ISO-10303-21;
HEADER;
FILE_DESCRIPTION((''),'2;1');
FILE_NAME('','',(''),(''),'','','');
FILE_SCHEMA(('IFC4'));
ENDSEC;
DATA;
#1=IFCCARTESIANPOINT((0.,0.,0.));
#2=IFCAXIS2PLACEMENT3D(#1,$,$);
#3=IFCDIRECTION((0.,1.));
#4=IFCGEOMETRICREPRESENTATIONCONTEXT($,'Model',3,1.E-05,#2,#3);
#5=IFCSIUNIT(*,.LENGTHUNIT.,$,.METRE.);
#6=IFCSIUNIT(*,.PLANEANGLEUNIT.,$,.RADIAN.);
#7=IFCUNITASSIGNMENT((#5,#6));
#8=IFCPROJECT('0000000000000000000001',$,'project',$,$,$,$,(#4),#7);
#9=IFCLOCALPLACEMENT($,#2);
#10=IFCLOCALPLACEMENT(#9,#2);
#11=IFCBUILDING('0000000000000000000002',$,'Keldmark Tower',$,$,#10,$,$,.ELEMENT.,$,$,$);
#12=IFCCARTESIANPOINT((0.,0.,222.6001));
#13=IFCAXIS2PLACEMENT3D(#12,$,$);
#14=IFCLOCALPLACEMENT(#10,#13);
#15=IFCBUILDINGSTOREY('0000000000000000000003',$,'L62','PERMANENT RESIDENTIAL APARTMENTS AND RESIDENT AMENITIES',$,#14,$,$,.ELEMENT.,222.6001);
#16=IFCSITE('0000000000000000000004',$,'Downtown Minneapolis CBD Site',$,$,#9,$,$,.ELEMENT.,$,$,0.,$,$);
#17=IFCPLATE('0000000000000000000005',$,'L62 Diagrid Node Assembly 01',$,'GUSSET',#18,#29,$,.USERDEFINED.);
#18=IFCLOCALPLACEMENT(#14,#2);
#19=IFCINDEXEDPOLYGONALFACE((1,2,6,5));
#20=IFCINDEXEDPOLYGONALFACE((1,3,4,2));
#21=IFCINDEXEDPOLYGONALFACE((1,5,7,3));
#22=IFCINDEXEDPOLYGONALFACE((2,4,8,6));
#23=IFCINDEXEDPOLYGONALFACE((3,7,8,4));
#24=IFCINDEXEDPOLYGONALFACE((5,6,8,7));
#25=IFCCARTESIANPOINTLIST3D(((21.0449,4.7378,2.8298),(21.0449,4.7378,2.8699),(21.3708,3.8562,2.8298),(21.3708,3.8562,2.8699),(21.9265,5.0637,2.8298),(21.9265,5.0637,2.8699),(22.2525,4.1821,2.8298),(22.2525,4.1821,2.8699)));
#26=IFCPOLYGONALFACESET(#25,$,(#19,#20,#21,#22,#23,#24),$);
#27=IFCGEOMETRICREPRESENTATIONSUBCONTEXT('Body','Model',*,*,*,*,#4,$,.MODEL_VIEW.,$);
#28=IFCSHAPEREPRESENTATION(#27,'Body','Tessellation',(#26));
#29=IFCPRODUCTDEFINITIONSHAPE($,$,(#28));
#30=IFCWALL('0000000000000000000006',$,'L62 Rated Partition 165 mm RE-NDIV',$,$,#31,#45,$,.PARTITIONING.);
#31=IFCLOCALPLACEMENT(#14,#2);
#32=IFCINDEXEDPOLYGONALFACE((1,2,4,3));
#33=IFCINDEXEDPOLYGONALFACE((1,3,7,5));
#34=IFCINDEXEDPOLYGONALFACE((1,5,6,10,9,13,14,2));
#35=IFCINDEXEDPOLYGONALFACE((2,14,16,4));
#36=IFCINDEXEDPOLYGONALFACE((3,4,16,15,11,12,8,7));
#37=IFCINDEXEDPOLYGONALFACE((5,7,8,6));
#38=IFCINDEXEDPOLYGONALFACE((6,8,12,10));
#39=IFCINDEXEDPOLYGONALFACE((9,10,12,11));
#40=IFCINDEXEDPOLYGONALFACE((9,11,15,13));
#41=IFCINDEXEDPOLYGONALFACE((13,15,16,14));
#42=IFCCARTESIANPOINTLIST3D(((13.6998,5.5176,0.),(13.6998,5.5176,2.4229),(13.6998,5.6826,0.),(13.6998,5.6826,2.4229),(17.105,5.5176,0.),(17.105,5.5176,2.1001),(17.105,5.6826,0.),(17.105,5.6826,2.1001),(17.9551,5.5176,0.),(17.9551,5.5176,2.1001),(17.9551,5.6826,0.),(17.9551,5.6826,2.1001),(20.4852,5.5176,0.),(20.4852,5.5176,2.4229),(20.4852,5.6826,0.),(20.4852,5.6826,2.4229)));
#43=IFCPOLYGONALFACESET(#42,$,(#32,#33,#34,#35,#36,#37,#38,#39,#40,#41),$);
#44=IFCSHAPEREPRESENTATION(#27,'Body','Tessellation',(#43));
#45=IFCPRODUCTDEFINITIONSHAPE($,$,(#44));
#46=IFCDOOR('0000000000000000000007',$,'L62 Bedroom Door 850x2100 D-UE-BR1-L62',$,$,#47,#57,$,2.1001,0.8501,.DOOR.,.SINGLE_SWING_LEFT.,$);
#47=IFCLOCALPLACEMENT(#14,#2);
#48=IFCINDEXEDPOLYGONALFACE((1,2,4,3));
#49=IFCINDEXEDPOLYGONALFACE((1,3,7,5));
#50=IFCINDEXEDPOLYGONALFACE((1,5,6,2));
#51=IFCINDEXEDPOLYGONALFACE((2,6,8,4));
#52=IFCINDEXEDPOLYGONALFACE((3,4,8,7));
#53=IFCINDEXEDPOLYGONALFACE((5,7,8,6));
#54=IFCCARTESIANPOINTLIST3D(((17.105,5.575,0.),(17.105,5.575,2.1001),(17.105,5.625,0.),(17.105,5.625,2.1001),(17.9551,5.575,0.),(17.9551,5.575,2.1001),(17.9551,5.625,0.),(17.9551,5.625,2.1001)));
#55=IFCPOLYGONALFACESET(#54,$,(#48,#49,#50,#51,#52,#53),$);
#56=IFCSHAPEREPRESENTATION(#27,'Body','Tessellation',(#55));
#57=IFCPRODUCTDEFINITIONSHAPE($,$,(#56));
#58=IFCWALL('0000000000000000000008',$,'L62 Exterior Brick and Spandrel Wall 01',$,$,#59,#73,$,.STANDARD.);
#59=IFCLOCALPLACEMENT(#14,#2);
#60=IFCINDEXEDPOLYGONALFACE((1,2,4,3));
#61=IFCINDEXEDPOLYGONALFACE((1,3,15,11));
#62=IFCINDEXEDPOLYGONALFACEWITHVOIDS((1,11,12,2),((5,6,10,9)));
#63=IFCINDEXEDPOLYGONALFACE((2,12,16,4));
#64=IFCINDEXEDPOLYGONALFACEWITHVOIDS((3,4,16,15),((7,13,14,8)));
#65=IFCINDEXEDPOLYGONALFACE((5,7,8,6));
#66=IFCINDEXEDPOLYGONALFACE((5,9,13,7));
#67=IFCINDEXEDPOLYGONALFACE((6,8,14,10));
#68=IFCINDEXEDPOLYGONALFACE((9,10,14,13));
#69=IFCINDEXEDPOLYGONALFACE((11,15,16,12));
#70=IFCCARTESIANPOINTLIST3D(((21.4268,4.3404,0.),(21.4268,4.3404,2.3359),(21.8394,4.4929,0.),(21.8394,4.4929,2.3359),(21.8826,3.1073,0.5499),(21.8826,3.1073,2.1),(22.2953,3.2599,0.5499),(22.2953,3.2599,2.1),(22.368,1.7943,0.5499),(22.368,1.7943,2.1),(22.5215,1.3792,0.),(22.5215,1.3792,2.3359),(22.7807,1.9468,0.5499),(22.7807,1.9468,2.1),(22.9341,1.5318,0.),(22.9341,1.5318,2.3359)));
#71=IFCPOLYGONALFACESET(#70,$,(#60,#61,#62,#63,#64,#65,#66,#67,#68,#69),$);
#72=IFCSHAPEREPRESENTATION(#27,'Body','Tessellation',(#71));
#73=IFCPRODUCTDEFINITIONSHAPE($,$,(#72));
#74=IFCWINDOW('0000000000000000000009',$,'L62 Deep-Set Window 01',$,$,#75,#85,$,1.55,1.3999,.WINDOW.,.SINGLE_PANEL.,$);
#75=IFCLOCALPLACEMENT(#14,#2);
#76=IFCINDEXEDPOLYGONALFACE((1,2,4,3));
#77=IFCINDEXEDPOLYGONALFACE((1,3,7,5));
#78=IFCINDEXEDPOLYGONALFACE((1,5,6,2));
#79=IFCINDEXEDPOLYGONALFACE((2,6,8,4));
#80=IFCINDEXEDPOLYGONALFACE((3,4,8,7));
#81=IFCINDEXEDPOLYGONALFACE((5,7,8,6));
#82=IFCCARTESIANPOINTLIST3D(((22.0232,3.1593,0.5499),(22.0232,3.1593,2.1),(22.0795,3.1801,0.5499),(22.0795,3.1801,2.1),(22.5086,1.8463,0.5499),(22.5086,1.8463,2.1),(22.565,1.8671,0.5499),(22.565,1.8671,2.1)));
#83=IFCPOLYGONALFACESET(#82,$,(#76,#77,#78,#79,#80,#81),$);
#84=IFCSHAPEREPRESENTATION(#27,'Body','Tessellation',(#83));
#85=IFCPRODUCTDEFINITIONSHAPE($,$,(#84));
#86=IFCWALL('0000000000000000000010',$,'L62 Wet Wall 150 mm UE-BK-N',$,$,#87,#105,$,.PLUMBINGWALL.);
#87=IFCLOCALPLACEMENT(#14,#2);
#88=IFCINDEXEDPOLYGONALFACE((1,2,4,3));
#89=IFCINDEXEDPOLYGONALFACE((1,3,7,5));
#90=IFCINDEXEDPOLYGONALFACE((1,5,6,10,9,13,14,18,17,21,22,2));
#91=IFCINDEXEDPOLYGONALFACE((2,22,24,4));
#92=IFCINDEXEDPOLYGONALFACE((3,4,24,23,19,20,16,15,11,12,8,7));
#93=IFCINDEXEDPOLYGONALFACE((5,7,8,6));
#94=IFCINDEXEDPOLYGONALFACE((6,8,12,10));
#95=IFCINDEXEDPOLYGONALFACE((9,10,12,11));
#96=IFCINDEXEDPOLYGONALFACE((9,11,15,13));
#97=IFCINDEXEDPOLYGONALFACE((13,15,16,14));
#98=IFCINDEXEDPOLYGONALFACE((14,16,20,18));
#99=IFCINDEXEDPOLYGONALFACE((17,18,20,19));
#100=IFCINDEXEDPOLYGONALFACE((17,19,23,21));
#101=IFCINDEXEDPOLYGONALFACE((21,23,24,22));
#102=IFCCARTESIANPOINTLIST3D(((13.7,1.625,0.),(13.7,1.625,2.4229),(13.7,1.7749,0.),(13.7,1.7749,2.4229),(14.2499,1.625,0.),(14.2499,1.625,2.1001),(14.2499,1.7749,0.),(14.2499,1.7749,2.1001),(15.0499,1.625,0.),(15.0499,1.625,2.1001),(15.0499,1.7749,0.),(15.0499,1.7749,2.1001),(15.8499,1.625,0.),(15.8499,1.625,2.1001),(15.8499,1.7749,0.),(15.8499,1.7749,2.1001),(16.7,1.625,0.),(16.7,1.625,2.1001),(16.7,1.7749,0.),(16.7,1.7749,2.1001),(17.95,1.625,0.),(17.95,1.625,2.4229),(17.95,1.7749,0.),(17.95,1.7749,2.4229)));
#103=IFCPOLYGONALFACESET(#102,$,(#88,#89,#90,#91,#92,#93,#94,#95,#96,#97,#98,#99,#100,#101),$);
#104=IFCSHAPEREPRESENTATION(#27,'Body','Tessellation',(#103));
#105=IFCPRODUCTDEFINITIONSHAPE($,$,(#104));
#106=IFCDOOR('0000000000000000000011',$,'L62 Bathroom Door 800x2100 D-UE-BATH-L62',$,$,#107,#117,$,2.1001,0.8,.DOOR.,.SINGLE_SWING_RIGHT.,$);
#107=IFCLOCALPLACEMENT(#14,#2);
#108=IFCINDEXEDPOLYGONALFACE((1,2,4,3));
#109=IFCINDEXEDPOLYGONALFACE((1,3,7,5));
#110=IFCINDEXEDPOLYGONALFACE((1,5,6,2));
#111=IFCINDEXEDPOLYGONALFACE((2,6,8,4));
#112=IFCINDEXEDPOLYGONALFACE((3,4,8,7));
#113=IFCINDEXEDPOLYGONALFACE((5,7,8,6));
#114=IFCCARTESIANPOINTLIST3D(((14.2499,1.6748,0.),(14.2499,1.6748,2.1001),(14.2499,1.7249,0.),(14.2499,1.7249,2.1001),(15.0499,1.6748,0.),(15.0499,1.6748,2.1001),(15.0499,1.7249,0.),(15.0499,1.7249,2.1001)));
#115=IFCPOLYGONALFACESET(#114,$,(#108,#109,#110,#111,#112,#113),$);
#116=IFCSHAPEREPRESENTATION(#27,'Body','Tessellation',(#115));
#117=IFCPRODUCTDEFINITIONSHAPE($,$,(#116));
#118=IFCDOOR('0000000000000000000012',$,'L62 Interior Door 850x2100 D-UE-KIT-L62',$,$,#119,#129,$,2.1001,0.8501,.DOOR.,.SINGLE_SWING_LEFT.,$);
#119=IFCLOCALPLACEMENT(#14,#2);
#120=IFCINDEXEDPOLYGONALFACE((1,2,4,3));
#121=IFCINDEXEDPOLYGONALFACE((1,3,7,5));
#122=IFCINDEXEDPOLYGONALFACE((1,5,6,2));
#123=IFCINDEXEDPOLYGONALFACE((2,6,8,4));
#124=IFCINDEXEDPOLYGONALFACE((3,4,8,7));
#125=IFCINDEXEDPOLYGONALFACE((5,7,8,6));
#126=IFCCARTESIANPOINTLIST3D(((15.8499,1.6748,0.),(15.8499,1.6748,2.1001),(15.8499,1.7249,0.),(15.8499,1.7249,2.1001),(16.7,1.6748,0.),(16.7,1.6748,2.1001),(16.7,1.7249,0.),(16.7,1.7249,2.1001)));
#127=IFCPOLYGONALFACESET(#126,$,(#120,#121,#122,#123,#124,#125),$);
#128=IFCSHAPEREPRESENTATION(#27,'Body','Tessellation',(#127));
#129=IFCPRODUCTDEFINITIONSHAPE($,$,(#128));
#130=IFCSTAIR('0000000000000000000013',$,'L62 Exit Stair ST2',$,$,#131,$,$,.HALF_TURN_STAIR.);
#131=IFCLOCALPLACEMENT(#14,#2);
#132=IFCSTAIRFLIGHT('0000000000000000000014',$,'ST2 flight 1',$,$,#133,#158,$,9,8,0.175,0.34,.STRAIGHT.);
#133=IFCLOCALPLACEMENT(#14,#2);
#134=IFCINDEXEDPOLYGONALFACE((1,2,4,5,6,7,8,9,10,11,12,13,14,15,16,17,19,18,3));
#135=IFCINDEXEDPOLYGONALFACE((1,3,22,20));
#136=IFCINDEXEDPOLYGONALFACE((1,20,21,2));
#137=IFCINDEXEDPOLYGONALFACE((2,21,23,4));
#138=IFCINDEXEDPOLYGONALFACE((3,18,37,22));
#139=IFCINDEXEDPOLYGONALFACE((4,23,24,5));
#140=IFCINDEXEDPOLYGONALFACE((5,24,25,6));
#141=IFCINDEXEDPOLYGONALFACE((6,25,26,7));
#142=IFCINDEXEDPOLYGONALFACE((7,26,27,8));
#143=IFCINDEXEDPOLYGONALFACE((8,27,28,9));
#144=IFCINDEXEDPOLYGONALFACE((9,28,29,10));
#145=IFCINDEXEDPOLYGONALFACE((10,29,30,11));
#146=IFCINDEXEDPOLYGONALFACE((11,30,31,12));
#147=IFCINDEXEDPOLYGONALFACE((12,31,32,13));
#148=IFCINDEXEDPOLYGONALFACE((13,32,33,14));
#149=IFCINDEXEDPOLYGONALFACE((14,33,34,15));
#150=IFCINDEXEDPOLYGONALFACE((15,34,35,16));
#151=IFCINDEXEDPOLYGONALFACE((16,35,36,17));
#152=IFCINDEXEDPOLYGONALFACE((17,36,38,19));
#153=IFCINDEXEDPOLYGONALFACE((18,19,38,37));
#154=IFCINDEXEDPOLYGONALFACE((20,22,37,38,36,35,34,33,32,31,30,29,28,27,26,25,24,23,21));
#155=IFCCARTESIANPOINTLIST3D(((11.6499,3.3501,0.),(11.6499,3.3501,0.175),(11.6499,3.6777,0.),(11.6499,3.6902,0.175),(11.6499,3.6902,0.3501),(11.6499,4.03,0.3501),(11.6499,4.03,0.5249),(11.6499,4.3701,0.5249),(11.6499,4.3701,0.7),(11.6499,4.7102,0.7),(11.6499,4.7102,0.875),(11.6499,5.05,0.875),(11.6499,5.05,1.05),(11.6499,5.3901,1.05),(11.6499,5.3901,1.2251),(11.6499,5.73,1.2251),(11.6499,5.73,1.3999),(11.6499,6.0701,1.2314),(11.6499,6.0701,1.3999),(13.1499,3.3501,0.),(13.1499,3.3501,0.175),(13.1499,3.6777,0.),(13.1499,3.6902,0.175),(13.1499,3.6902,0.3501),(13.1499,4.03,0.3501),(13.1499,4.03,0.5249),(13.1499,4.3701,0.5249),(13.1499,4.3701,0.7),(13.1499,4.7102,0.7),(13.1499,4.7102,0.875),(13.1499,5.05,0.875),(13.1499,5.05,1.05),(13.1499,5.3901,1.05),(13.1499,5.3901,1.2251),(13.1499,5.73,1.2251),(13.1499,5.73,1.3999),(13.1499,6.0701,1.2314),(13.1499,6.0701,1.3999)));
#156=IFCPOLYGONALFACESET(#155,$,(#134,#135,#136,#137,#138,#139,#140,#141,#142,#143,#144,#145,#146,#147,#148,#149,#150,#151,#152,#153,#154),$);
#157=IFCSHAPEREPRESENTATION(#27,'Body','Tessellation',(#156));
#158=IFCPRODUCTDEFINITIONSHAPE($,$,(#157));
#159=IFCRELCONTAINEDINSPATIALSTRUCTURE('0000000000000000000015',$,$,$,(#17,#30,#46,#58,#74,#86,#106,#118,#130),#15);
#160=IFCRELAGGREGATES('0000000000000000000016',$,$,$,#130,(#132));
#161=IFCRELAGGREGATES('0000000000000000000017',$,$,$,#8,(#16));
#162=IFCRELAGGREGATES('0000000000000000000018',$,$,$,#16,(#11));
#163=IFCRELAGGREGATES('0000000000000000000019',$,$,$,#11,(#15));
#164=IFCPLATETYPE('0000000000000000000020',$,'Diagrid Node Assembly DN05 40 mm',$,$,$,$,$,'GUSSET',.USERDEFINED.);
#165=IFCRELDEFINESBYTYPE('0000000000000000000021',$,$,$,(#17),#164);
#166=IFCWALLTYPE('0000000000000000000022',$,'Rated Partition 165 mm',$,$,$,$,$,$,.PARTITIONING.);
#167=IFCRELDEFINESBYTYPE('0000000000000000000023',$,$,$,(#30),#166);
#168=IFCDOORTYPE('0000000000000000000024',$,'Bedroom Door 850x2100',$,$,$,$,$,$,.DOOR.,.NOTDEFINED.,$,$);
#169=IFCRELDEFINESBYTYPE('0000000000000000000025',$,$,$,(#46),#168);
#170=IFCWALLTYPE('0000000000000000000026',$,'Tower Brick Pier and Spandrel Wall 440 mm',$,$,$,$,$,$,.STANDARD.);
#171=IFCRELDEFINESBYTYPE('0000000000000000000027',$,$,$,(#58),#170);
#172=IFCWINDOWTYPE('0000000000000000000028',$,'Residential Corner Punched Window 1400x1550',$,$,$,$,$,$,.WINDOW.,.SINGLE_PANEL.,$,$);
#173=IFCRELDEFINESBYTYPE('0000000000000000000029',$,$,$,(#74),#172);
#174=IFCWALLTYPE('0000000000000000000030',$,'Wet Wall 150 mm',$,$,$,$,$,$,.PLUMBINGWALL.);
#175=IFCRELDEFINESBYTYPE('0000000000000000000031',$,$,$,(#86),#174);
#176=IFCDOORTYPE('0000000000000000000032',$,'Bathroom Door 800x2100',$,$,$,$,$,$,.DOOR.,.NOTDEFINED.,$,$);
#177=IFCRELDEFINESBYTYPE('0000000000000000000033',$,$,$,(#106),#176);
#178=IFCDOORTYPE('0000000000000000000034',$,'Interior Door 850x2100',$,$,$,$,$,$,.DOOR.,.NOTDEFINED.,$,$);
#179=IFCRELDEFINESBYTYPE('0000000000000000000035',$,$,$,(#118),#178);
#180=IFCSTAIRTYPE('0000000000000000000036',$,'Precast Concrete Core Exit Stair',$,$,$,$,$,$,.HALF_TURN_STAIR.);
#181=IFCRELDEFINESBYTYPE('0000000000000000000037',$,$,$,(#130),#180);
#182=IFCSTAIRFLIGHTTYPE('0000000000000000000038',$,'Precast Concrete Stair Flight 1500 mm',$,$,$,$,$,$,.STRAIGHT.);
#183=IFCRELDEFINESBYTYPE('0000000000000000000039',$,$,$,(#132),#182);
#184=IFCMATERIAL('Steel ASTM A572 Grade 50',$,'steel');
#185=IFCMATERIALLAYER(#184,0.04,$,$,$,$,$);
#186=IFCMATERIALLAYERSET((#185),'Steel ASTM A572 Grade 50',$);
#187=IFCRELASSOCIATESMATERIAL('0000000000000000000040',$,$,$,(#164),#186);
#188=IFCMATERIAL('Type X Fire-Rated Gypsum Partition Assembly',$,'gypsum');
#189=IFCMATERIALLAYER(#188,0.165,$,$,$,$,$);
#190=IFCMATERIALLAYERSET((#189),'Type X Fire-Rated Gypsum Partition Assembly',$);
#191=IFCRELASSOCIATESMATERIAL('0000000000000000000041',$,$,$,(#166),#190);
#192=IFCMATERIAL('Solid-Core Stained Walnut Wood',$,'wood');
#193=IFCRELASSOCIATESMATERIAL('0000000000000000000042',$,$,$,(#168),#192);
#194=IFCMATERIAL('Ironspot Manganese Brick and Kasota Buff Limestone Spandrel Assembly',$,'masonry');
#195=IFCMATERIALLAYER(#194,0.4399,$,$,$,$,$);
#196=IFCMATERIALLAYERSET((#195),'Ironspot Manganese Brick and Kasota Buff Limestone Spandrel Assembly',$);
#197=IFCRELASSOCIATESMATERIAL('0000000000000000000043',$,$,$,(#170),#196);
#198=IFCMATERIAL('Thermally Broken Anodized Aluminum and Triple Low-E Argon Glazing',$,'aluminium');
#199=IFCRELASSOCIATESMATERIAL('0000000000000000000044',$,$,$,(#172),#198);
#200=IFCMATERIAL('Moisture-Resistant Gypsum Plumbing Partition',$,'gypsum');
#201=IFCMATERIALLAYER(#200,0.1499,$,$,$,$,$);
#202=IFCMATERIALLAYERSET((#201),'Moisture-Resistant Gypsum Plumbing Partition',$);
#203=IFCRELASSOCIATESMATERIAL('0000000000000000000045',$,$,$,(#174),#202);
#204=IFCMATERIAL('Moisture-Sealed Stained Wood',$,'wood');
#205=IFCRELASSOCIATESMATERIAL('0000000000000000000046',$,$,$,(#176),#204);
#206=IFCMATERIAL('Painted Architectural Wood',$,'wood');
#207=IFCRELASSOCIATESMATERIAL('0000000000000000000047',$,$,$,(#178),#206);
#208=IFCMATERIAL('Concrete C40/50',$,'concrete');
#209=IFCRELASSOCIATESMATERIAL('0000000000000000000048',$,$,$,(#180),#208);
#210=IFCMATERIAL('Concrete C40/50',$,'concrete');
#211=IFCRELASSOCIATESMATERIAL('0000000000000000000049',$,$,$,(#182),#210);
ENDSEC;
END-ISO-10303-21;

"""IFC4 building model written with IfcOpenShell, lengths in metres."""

from ifc_helpers import new_model, si_unit, direction, frame, frame_2d, origin, origin_2d, place, context, subcontext, project, spatial, polyline, rectangle, outline, extrude, material, layer, layer_set, type_object, element, fill, aggregate, save


model = new_model("IFC4")

# Units and contexts
model_context = context("Model", 3, precision=1e-05, world=origin(), true_north=direction((0.0, 1.0)))
body_context = subcontext(model_context, "Body", "Model", "MODEL_VIEW")
ifc_project = project(units=[si_unit("LENGTHUNIT", "METRE"), si_unit("PLANEANGLEUNIT", "RADIAN")], contexts=[model_context])

# Site, building, storey
site_placement = place(None, origin())
site = spatial("IfcSite", under=ifc_project, at=site_placement, Name="Downtown Minneapolis CBD Site", CompositionType="ELEMENT", RefElevation=0.0)
building_placement = place(site_placement, origin())
building = spatial("IfcBuilding", under=site, at=building_placement, Name="Keldmark Tower", CompositionType="ELEMENT")
storey_placement = place(building_placement, frame((0.0, 0.0, 222.6001)))
storey = spatial("IfcBuildingStorey", under=building, at=storey_placement, Name="L62", Description="PERMANENT RESIDENTIAL APARTMENTS AND RESIDENT AMENITIES", CompositionType="ELEMENT", Elevation=222.6001)

# Plate
ifc_material_1 = material(Name="Steel ASTM A572 Grade 50", Category="steel")
ifc_layer_1 = layer(ifc_material_1, 0.04)
ifc_layer_set_1 = layer_set([ifc_layer_1], Name="Steel ASTM A572 Grade 50")
plate_type_1 = type_object("IfcPlateType", Name="Diagrid Node Assembly DN05 40 mm", ElementType="GUSSET", PredefinedType="USERDEFINED", material=ifc_layer_set_1)
plate_placement = place(storey_placement, frame((21.6487, 4.46, 2.8298), z_axis=(0.0, 0.0, 1.0), x_axis=(-0.346772, 0.937949, 0.0)))
element("IfcPlate", 1, at=plate_placement, inside=storey, type_object=plate_type_1, Name="L62 Diagrid Node Assembly 01", ObjectType="GUSSET", PredefinedType="USERDEFINED", context=body_context, shape_type="SweptSolid", body=[
    extrude(rectangle(XDim=0.9399, YDim=0.9399, at=origin_2d()), origin(), (0.0, 0.0, 1.0), 0.04),
])

# Wall, opening, door
ifc_material_2 = material(Name="Type X Fire-Rated Gypsum Partition Assembly", Category="gypsum")
ifc_layer_2 = layer(ifc_material_2, 0.165)
ifc_layer_set_2 = layer_set([ifc_layer_2], Name="Type X Fire-Rated Gypsum Partition Assembly")
wall_type_1 = type_object("IfcWallType", Name="Rated Partition 165 mm", PredefinedType="PARTITIONING", material=ifc_layer_set_2)
wall_1_placement = place(storey_placement, frame((13.7, 5.6001, 0.0), z_axis=(0.0, 0.0, 1.0), x_axis=(1.0, 0.0, 0.0)))
wall_1 = element("IfcWall", 2, at=wall_1_placement, inside=storey, type_object=wall_type_1, Name="L62 Rated Partition 165 mm RE-NDIV", PredefinedType="PARTITIONING", context=body_context, shape_type="SweptSolid", body=[
    extrude(rectangle(XDim=6.7854, YDim=0.165, at=frame_2d((3.3926, 0.0))), origin(), (0.0, 0.0, 1.0), 2.4229),
])
opening_1_placement = place(wall_1_placement, frame((3.405, 0.0, 0.0)))
opening_1 = element("IfcOpeningElement", 3, at=opening_1_placement, cuts=wall_1, PredefinedType="OPENING", context=body_context, shape_type="SweptSolid", body=[
    extrude(rectangle(XDim=0.8501, YDim=2.1001, at=frame_2d((0.425, 1.05))), frame((0.0, 0.0925, 0.0), z_axis=(0.0, -1.0, 0.0), x_axis=(1.0, 0.0, 0.0)), (0.0, 0.0, 1.0), 0.1851),
])
ifc_material_3 = material(Name="Solid-Core Stained Walnut Wood", Category="wood")
door_type_1 = type_object("IfcDoorType", Name="Bedroom Door 850x2100", OperationType="NOTDEFINED", PredefinedType="DOOR", material=ifc_material_3)
door_1_placement = place(opening_1_placement, origin())
door_1 = element("IfcDoor", 4, at=door_1_placement, inside=storey, type_object=door_type_1, Name="L62 Bedroom Door 850x2100 D-UE-BR1-L62", OperationType="SINGLE_SWING_LEFT", OverallHeight=2.1001, OverallWidth=0.8501, PredefinedType="DOOR", context=body_context, shape_type="SweptSolid", body=[
    extrude(rectangle(XDim=0.8501, YDim=2.1001, at=frame_2d((0.425, 1.05))), frame((0.0, 0.0249, 0.0), z_axis=(0.0, -1.0, 0.0), x_axis=(1.0, 0.0, 0.0)), (0.0, 0.0, 1.0), 0.05),
])
fill(opening_1, door_1)

# Wall, opening, window
ifc_material_4 = material(Name="Ironspot Manganese Brick and Kasota Buff Limestone Spandrel Assembly", Category="masonry")
ifc_layer_3 = layer(ifc_material_4, 0.4399)
ifc_layer_set_3 = layer_set([ifc_layer_3], Name="Ironspot Manganese Brick and Kasota Buff Limestone Spandrel Assembly")
wall_type_2 = type_object("IfcWallType", Name="Tower Brick Pier and Spandrel Wall 440 mm", PredefinedType="STANDARD", material=ifc_layer_set_3)
wall_2_placement = place(storey_placement, frame((21.6331, 4.4167, 0.0), z_axis=(0.0, 0.0, 1.0), x_axis=(0.346755, -0.937956, 0.0)))
wall_2 = element("IfcWall", 5, at=wall_2_placement, inside=storey, type_object=wall_type_2, Name="L62 Exterior Brick and Spandrel Wall 01", PredefinedType="STANDARD", context=body_context, shape_type="SweptSolid", body=[
    extrude(rectangle(XDim=3.157, YDim=0.4399, at=frame_2d((1.5786, 0.0))), origin(), (0.0, 0.0, 1.0), 2.3359),
])
opening_2_placement = place(wall_2_placement, frame((1.3147, 0.0, 0.55)))
opening_2 = element("IfcOpeningElement", 6, at=opening_2_placement, cuts=wall_2, PredefinedType="OPENING", context=body_context, shape_type="SweptSolid", body=[
    extrude(rectangle(XDim=1.3999, YDim=1.55, at=frame_2d((0.7, 0.7749))), frame((0.0, 0.23, 0.0), z_axis=(0.0, -1.0, 0.0), x_axis=(1.0, 0.0, 0.0)), (0.0, 0.0, 1.0), 0.46),
])
ifc_material_5 = material(Name="Thermally Broken Anodized Aluminum and Triple Low-E Argon Glazing", Category="aluminium")
window_type = type_object("IfcWindowType", Name="Residential Corner Punched Window 1400x1550", PartitioningType="SINGLE_PANEL", PredefinedType="WINDOW", material=ifc_material_5)
window_placement = place(opening_2_placement, origin())
window = element("IfcWindow", 7, at=window_placement, inside=storey, type_object=window_type, Name="L62 Deep-Set Window 01", OverallHeight=1.55, OverallWidth=1.3999, PartitioningType="SINGLE_PANEL", PredefinedType="WINDOW", context=body_context, shape_type="SweptSolid", body=[
    extrude(rectangle(XDim=1.3999, YDim=1.55, at=frame_2d((0.7, 0.7749))), frame((0.0, -0.01, 0.0), z_axis=(0.0, -1.0, 0.0), x_axis=(1.0, 0.0, 0.0)), (0.0, 0.0, 1.0), 0.0601),
])
fill(opening_2, window)

# Wall, openings, doors
ifc_material_6 = material(Name="Moisture-Resistant Gypsum Plumbing Partition", Category="gypsum")
ifc_layer_4 = layer(ifc_material_6, 0.1499)
ifc_layer_set_4 = layer_set([ifc_layer_4], Name="Moisture-Resistant Gypsum Plumbing Partition")
wall_type_3 = type_object("IfcWallType", Name="Wet Wall 150 mm", PredefinedType="PLUMBINGWALL", material=ifc_layer_set_4)
wall_3_placement = place(storey_placement, frame((13.7, 1.7, 0.0), z_axis=(0.0, 0.0, 1.0), x_axis=(1.0, 0.0, 0.0)))
wall_3 = element("IfcWall", 8, at=wall_3_placement, inside=storey, type_object=wall_type_3, Name="L62 Wet Wall 150 mm UE-BK-N", PredefinedType="PLUMBINGWALL", context=body_context, shape_type="SweptSolid", body=[
    extrude(rectangle(XDim=4.25, YDim=0.1499, at=frame_2d((2.125, 0.0))), origin(), (0.0, 0.0, 1.0), 2.4229),
])
opening_3_placement = place(wall_3_placement, frame((0.55, 0.0, 0.0)))
opening_3 = element("IfcOpeningElement", 9, at=opening_3_placement, cuts=wall_3, PredefinedType="OPENING", context=body_context, shape_type="SweptSolid", body=[
    extrude(rectangle(XDim=0.8, YDim=2.1001, at=frame_2d((0.3999, 1.05))), frame((0.0, 0.085, 0.0), z_axis=(0.0, -1.0, 0.0), x_axis=(1.0, 0.0, 0.0)), (0.0, 0.0, 1.0), 0.1699),
])
opening_4_placement = place(wall_3_placement, frame((2.1499, 0.0, 0.0)))
opening_4 = element("IfcOpeningElement", 10, at=opening_4_placement, cuts=wall_3, PredefinedType="OPENING", context=body_context, shape_type="SweptSolid", body=[
    extrude(rectangle(XDim=0.8501, YDim=2.1001, at=frame_2d((0.425, 1.05))), frame((0.0, 0.085, 0.0), z_axis=(0.0, -1.0, 0.0), x_axis=(1.0, 0.0, 0.0)), (0.0, 0.0, 1.0), 0.1699),
])
ifc_material_7 = material(Name="Moisture-Sealed Stained Wood", Category="wood")
door_type_2 = type_object("IfcDoorType", Name="Bathroom Door 800x2100", OperationType="NOTDEFINED", PredefinedType="DOOR", material=ifc_material_7)
door_2_placement = place(opening_3_placement, origin())
door_2 = element("IfcDoor", 11, at=door_2_placement, inside=storey, type_object=door_type_2, Name="L62 Bathroom Door 800x2100 D-UE-BATH-L62", OperationType="SINGLE_SWING_RIGHT", OverallHeight=2.1001, OverallWidth=0.8, PredefinedType="DOOR", context=body_context, shape_type="SweptSolid", body=[
    extrude(rectangle(XDim=0.8, YDim=2.1001, at=frame_2d((0.3999, 1.05))), frame((0.0, 0.0249, 0.0), z_axis=(0.0, -1.0, 0.0), x_axis=(1.0, 0.0, 0.0)), (0.0, 0.0, 1.0), 0.05),
])
fill(opening_3, door_2)
ifc_material_8 = material(Name="Painted Architectural Wood", Category="wood")
door_type_3 = type_object("IfcDoorType", Name="Interior Door 850x2100", OperationType="NOTDEFINED", PredefinedType="DOOR", material=ifc_material_8)
door_3_placement = place(opening_4_placement, origin())
door_3 = element("IfcDoor", 12, at=door_3_placement, inside=storey, type_object=door_type_3, Name="L62 Interior Door 850x2100 D-UE-KIT-L62", OperationType="SINGLE_SWING_LEFT", OverallHeight=2.1001, OverallWidth=0.8501, PredefinedType="DOOR", context=body_context, shape_type="SweptSolid", body=[
    extrude(rectangle(XDim=0.8501, YDim=2.1001, at=frame_2d((0.425, 1.05))), frame((0.0, 0.0249, 0.0), z_axis=(0.0, -1.0, 0.0), x_axis=(1.0, 0.0, 0.0)), (0.0, 0.0, 1.0), 0.05),
])
fill(opening_4, door_3)

# Stair, stair flight
ifc_material_9 = material(Name="Concrete C40/50", Category="concrete")
stair_type = type_object("IfcStairType", Name="Precast Concrete Core Exit Stair", PredefinedType="HALF_TURN_STAIR", material=ifc_material_9)
stair_placement = place(storey_placement, origin())
stair = element("IfcStair", 13, at=stair_placement, inside=storey, type_object=stair_type, Name="L62 Exit Stair ST2", PredefinedType="HALF_TURN_STAIR")
ifc_material_10 = material(Name="Concrete C40/50", Category="concrete")
stair_flight_type = type_object("IfcStairFlightType", Name="Precast Concrete Stair Flight 1500 mm", PredefinedType="STRAIGHT", material=ifc_material_10)
stair_flight_placement = place(storey_placement, frame((12.3999, 3.3501, 0.0), z_axis=(0.0, 0.0, 1.0), x_axis=(0.0, 1.0, 0.0)))
stair_flight = element("IfcStairFlight", 14, at=stair_flight_placement, type_object=stair_flight_type, Name="ST2 flight 1", NumberOfRisers=9, NumberOfTreads=8, PredefinedType="STRAIGHT", RiserHeight=0.175, TreadLength=0.34, context=body_context, shape_type="SweptSolid", body=[
    extrude(outline(polyline([(0.0, 0.0), (0.0, 0.175), (0.3401, 0.175), (0.3401, 0.3501), (0.6799, 0.3501), (0.6799, 0.5249), (1.02, 0.5249), (1.02, 0.7), (1.3601, 0.7), (1.3601, 0.875), (1.7, 0.875), (1.7, 1.05), (2.04, 1.05), (2.04, 1.2251), (2.3799, 1.2251), (2.3799, 1.3999), (2.72, 1.3999), (2.72, 1.575), (2.72, 1.2314), (0.3276, 0.0), (0.0, 0.0)])), frame((0.0, 0.75, 0.0), z_axis=(0.0, -1.0, 0.0), x_axis=(1.0, 0.0, 0.0)), (0.0, 0.0, 1.0), 1.5),
])
aggregate(stair, [stair_flight])

save(model, "model.ifc")
